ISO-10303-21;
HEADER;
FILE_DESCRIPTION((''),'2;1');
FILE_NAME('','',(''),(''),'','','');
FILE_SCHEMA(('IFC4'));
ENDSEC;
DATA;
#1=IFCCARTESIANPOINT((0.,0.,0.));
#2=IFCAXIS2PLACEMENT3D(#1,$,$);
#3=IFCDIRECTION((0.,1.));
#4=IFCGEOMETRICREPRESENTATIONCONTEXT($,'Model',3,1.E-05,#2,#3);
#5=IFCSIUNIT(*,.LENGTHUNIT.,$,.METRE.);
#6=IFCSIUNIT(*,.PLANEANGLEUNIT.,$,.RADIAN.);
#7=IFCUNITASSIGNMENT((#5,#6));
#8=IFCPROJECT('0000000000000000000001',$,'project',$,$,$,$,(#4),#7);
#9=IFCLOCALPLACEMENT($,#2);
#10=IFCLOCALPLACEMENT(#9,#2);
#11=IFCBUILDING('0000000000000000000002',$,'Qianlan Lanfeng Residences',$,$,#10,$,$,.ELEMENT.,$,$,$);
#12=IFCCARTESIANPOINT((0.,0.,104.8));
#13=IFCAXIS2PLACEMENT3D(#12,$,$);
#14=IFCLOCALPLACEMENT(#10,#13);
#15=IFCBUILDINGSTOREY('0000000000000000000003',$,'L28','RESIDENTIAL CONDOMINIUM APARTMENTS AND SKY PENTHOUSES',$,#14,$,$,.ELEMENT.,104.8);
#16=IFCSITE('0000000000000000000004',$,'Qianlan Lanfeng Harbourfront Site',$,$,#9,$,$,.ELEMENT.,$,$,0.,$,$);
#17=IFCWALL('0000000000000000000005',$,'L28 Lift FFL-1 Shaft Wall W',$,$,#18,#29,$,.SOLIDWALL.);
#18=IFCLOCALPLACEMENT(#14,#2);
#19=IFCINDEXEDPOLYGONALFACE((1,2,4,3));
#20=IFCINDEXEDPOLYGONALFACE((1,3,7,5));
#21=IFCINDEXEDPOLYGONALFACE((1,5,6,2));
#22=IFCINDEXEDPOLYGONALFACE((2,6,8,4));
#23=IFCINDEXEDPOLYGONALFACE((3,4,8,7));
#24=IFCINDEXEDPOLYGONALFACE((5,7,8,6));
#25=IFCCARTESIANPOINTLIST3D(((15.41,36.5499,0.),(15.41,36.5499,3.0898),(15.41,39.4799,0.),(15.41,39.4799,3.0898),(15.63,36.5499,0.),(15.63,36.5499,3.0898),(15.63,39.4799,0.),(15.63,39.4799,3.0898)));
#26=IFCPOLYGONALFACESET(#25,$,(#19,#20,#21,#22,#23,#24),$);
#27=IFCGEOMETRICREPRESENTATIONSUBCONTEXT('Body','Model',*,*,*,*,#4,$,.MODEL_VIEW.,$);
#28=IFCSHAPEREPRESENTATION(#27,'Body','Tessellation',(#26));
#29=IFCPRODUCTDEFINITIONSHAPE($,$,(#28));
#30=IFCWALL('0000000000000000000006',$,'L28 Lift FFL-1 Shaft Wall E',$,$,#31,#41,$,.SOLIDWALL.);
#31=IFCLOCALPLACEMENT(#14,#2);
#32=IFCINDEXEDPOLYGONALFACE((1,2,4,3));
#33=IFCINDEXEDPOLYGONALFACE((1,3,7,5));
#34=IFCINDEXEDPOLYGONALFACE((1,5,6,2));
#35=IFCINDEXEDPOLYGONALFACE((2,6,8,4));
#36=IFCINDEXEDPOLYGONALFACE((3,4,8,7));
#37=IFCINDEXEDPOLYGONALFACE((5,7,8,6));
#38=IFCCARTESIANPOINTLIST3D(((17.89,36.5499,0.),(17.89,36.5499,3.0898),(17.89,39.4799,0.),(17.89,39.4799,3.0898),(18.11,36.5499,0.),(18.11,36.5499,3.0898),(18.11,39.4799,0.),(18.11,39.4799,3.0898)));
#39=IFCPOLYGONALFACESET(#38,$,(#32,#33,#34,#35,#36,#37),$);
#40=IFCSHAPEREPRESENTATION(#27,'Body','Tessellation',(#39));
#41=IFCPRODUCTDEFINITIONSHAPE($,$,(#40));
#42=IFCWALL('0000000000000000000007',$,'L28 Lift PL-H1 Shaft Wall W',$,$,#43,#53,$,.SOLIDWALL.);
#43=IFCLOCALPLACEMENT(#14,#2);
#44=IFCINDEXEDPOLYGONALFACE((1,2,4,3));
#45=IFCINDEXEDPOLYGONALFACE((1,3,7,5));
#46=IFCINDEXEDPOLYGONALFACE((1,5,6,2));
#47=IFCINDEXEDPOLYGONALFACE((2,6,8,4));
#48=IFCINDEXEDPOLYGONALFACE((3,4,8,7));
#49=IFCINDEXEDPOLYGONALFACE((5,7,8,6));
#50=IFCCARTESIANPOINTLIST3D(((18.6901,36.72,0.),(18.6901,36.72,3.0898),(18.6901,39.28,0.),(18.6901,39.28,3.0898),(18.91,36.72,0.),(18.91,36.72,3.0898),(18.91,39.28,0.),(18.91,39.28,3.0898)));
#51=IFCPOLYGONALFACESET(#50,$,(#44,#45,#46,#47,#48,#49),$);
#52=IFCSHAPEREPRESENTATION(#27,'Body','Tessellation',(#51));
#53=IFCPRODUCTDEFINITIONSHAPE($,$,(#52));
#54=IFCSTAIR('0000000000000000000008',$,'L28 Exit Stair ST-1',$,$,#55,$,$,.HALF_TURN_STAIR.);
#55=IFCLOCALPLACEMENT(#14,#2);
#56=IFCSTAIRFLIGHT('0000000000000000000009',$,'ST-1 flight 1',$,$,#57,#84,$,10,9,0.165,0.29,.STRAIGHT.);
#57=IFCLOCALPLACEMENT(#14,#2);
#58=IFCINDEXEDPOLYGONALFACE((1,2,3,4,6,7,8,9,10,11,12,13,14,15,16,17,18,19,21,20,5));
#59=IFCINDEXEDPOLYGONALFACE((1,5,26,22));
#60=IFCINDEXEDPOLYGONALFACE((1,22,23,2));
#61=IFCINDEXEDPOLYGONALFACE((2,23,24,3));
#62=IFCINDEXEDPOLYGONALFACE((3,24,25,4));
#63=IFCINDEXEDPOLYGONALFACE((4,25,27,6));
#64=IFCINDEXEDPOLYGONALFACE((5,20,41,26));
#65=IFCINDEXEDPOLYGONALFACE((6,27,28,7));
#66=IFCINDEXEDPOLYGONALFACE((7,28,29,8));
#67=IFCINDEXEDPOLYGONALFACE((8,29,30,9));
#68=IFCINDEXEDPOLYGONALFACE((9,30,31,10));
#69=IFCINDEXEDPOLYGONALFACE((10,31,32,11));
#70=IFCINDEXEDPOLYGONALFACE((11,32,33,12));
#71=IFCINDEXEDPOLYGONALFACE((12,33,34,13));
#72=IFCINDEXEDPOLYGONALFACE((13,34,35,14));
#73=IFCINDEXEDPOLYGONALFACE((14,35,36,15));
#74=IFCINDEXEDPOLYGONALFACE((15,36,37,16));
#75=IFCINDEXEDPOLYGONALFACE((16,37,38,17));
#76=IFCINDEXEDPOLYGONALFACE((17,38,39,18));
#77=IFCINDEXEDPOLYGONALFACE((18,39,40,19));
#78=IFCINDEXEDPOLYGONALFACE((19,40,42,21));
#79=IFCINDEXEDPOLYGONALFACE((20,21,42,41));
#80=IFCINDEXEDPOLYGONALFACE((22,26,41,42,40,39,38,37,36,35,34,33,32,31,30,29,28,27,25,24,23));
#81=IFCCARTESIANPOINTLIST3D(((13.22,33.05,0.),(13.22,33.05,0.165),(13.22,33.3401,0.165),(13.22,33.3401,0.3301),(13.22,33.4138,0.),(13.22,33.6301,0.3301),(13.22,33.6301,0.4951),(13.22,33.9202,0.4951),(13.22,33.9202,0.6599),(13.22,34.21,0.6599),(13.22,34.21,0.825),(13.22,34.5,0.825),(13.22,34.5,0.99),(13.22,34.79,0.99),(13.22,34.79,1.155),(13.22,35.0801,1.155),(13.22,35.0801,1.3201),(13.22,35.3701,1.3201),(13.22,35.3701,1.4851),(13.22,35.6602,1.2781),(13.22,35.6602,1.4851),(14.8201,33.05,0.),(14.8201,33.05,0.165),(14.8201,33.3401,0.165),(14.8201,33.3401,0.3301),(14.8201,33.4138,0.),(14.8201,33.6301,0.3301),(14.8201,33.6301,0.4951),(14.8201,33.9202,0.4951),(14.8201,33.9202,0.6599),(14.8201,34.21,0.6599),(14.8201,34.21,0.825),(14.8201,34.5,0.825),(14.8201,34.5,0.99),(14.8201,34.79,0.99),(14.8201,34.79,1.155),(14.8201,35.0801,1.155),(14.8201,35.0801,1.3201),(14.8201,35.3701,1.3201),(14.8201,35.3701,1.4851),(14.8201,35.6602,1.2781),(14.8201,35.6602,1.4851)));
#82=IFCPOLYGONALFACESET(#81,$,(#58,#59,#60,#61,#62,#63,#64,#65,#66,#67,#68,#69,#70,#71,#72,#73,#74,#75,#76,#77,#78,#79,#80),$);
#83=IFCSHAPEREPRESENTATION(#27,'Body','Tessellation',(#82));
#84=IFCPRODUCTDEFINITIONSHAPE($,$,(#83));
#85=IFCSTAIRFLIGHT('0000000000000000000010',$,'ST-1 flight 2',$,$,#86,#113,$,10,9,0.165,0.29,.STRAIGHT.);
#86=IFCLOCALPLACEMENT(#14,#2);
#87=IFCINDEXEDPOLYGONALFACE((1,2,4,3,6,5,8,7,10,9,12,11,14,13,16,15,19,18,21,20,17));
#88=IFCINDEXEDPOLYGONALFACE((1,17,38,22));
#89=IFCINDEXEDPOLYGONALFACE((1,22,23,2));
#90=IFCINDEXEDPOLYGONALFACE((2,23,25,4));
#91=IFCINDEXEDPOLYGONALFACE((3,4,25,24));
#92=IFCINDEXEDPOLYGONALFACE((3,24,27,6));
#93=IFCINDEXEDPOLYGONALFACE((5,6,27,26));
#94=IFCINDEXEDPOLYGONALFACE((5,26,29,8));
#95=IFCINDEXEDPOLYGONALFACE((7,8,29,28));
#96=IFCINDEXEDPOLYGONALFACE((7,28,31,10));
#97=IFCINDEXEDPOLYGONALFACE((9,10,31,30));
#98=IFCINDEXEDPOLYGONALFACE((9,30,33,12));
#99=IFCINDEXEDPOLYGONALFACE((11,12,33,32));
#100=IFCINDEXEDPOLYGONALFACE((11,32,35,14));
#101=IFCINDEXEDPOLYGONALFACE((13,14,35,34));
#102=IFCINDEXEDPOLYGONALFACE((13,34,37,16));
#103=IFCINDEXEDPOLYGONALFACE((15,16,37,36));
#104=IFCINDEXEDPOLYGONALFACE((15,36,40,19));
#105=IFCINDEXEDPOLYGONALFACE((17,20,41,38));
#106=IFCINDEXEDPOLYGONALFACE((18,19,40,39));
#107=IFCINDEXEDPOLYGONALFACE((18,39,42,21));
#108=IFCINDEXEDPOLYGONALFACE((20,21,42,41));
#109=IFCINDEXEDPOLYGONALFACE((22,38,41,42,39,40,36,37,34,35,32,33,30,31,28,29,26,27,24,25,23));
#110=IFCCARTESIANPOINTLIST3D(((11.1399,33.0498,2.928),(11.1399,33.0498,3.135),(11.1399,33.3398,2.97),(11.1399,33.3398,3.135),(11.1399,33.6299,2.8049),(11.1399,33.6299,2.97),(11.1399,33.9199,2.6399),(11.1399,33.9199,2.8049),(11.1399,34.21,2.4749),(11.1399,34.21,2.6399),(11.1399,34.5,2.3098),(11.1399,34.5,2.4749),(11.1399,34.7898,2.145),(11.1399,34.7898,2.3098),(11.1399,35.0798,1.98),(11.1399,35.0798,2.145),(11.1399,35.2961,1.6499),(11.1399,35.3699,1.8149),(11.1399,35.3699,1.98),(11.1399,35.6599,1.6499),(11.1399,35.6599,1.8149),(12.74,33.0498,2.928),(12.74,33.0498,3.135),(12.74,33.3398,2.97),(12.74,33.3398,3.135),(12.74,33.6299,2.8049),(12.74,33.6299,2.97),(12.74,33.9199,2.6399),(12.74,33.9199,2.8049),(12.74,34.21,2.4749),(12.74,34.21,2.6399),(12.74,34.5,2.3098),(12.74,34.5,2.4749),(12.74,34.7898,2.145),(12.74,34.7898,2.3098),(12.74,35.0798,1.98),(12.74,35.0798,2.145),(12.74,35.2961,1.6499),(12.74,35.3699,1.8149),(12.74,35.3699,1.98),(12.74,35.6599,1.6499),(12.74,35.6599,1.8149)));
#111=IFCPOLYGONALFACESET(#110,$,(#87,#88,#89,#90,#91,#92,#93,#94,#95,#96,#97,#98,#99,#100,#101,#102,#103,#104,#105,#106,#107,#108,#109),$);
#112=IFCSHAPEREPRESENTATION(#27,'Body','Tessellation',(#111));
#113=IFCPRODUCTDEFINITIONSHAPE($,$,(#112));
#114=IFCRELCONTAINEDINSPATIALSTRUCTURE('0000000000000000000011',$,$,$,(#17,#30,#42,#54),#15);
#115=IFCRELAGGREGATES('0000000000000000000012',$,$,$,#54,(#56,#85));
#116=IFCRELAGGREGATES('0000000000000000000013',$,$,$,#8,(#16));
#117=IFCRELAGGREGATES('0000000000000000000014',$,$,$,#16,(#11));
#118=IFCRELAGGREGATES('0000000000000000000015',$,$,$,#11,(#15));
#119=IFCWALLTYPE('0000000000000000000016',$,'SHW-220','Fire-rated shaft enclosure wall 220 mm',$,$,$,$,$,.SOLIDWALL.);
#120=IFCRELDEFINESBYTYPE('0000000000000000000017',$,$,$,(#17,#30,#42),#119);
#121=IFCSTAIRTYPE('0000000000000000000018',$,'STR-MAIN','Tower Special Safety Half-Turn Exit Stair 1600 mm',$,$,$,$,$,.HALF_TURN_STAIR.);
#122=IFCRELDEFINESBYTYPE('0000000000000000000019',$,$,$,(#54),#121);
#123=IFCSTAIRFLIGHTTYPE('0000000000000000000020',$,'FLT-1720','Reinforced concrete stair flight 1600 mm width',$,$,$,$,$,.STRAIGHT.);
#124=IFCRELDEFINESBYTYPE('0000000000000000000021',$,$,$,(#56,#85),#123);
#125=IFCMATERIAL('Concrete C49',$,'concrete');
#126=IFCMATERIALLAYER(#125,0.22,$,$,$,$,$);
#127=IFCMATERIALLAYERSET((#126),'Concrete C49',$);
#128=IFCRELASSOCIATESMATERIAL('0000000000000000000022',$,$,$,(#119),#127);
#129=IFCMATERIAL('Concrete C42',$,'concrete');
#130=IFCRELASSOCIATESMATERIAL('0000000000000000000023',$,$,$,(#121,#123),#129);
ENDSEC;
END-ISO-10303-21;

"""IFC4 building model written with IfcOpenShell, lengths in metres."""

from ifc_helpers import new_model, si_unit, direction, frame, frame_2d, origin, place, context, subcontext, project, spatial, polyline, rectangle, outline, extrude, material, layer, layer_set, type_object, element, aggregate, save


model = new_model("IFC4")

# Units and contexts
model_context = context("Model", 3, precision=1e-05, world=origin(), true_north=direction((0.0, 1.0)))
body_context = subcontext(model_context, "Body", "Model", "MODEL_VIEW")
ifc_project = project(units=[si_unit("LENGTHUNIT", "METRE"), si_unit("PLANEANGLEUNIT", "RADIAN")], contexts=[model_context])

# Site, building, storey
site_placement = place(None, origin())
site = spatial("IfcSite", under=ifc_project, at=site_placement, Name="Qianlan Lanfeng Harbourfront Site", CompositionType="ELEMENT", RefElevation=0.0)
building_placement = place(site_placement, origin())
building = spatial("IfcBuilding", under=site, at=building_placement, Name="Qianlan Lanfeng Residences", CompositionType="ELEMENT")
storey_placement = place(building_placement, frame((0.0, 0.0, 104.8)))
storey = spatial("IfcBuildingStorey", under=building, at=storey_placement, Name="L28", Description="RESIDENTIAL CONDOMINIUM APARTMENTS AND SKY PENTHOUSES", CompositionType="ELEMENT", Elevation=104.8)

# Walls
ifc_material_1 = material(Name="Concrete C49", Category="concrete")
ifc_layer_1 = layer(ifc_material_1, 0.22)
ifc_layer_set_1 = layer_set([ifc_layer_1], Name="Concrete C49")
wall_type_1 = type_object("IfcWallType", Name="SHW-220", Description="Fire-rated shaft enclosure wall 220 mm", PredefinedType="SOLIDWALL", material=ifc_layer_set_1)
for number, where, z_axis, x_axis, name in (
    (1, (15.52, 36.55, 0.0), (0.0, 0.0, 1.0), (0.0, 1.0, 0.0), "L28 Lift FFL-1 Shaft Wall W"),
    (2, (18.0, 36.55, 0.0), (0.0, 0.0, 1.0), (0.0, 1.0, 0.0), "L28 Lift FFL-1 Shaft Wall E"),
):
    element("IfcWall", number, at=place(storey_placement, frame(where, z_axis=z_axis, x_axis=x_axis)), inside=storey, type_object=wall_type_1, Name=name, PredefinedType="SOLIDWALL", context=body_context, shape_type="SweptSolid", body=[
        extrude(rectangle(XDim=2.9299, YDim=0.22, at=frame_2d((1.4648, 0.0))), origin(), (0.0, 0.0, 1.0), 3.0898),
    ])
wall_1_placement = place(storey_placement, frame((18.8, 36.72, 0.0), z_axis=(0.0, 0.0, 1.0), x_axis=(0.0, 1.0, 0.0)))
element("IfcWall", 3, at=wall_1_placement, inside=storey, type_object=wall_type_1, Name="L28 Lift PL-H1 Shaft Wall W", PredefinedType="SOLIDWALL", context=body_context, shape_type="SweptSolid", body=[
    extrude(rectangle(XDim=2.5601, YDim=0.22, at=frame_2d((1.28, 0.0))), origin(), (0.0, 0.0, 1.0), 3.0898),
])

# Stair, stair flights
ifc_material_2 = material(Name="Concrete C42", Category="concrete")
stair_type = type_object("IfcStairType", Name="STR-MAIN", Description="Tower Special Safety Half-Turn Exit Stair 1600 mm", PredefinedType="HALF_TURN_STAIR", material=ifc_material_2)
stair_placement = place(storey_placement, origin())
stair = element("IfcStair", 4, at=stair_placement, inside=storey, type_object=stair_type, Name="L28 Exit Stair ST-1", PredefinedType="HALF_TURN_STAIR")
stair_flight_type = type_object("IfcStairFlightType", Name="FLT-1720", Description="Reinforced concrete stair flight 1600 mm width", PredefinedType="STRAIGHT", material=ifc_material_2)
stair_flight_1_placement = place(storey_placement, frame((14.02, 33.05, 0.0), z_axis=(0.0, 0.0, 1.0), x_axis=(0.0, 1.0, 0.0)))
stair_flight_1 = element("IfcStairFlight", 5, at=stair_flight_1_placement, type_object=stair_flight_type, Name="ST-1 flight 1", NumberOfRisers=10, NumberOfTreads=9, PredefinedType="STRAIGHT", RiserHeight=0.165, TreadLength=0.29, context=body_context, shape_type="SweptSolid", body=[
    extrude(outline(polyline([(0.0, 0.0), (0.0, 0.165), (0.29, 0.165), (0.29, 0.3301), (0.5801, 0.3301), (0.5801, 0.4951), (0.8701, 0.4951), (0.8701, 0.6599), (1.1599, 0.6599), (1.1599, 0.825), (1.45, 0.825), (1.45, 0.99), (1.74, 0.99), (1.74, 1.155), (2.03, 1.155), (2.03, 1.3201), (2.3201, 1.3201), (2.3201, 1.4851), (2.6101, 1.4851), (2.6101, 1.6499), (2.6101, 1.2781), (0.3638, 0.0), (0.0, 0.0)])), frame((0.0, 0.8, 0.0), z_axis=(0.0, -1.0, 0.0), x_axis=(1.0, 0.0, 0.0)), (0.0, 0.0, 1.0), 1.6001),
])
stair_flight_2_placement = place(storey_placement, frame((11.9399, 35.6599, 1.6499), z_axis=(0.0, 0.0, 1.0), x_axis=(0.0, -1.0, 0.0)))
stair_flight_2 = element("IfcStairFlight", 6, at=stair_flight_2_placement, type_object=stair_flight_type, Name="ST-1 flight 2", NumberOfRisers=10, NumberOfTreads=9, PredefinedType="STRAIGHT", RiserHeight=0.165, TreadLength=0.29, context=body_context, shape_type="SweptSolid", body=[
    extrude(outline(polyline([(0.0, 0.0), (0.0, 0.165), (0.29, 0.165), (0.29, 0.3301), (0.5801, 0.3301), (0.5801, 0.4951), (0.8701, 0.4951), (0.8701, 0.6599), (1.1599, 0.6599), (1.1599, 0.825), (1.45, 0.825), (1.45, 0.99), (1.74, 0.99), (1.74, 1.155), (2.03, 1.155), (2.03, 1.3201), (2.3201, 1.3201), (2.3201, 1.4851), (2.6101, 1.4851), (2.6101, 1.6499), (2.6101, 1.2781), (0.3638, 0.0), (0.0, 0.0)])), frame((0.0, 0.8, 0.0), z_axis=(0.0, -1.0, 0.0), x_axis=(1.0, 0.0, 0.0)), (0.0, 0.0, 1.0), 1.6001),
])
aggregate(stair, [stair_flight_1, stair_flight_2])

save(model, "model.ifc")
